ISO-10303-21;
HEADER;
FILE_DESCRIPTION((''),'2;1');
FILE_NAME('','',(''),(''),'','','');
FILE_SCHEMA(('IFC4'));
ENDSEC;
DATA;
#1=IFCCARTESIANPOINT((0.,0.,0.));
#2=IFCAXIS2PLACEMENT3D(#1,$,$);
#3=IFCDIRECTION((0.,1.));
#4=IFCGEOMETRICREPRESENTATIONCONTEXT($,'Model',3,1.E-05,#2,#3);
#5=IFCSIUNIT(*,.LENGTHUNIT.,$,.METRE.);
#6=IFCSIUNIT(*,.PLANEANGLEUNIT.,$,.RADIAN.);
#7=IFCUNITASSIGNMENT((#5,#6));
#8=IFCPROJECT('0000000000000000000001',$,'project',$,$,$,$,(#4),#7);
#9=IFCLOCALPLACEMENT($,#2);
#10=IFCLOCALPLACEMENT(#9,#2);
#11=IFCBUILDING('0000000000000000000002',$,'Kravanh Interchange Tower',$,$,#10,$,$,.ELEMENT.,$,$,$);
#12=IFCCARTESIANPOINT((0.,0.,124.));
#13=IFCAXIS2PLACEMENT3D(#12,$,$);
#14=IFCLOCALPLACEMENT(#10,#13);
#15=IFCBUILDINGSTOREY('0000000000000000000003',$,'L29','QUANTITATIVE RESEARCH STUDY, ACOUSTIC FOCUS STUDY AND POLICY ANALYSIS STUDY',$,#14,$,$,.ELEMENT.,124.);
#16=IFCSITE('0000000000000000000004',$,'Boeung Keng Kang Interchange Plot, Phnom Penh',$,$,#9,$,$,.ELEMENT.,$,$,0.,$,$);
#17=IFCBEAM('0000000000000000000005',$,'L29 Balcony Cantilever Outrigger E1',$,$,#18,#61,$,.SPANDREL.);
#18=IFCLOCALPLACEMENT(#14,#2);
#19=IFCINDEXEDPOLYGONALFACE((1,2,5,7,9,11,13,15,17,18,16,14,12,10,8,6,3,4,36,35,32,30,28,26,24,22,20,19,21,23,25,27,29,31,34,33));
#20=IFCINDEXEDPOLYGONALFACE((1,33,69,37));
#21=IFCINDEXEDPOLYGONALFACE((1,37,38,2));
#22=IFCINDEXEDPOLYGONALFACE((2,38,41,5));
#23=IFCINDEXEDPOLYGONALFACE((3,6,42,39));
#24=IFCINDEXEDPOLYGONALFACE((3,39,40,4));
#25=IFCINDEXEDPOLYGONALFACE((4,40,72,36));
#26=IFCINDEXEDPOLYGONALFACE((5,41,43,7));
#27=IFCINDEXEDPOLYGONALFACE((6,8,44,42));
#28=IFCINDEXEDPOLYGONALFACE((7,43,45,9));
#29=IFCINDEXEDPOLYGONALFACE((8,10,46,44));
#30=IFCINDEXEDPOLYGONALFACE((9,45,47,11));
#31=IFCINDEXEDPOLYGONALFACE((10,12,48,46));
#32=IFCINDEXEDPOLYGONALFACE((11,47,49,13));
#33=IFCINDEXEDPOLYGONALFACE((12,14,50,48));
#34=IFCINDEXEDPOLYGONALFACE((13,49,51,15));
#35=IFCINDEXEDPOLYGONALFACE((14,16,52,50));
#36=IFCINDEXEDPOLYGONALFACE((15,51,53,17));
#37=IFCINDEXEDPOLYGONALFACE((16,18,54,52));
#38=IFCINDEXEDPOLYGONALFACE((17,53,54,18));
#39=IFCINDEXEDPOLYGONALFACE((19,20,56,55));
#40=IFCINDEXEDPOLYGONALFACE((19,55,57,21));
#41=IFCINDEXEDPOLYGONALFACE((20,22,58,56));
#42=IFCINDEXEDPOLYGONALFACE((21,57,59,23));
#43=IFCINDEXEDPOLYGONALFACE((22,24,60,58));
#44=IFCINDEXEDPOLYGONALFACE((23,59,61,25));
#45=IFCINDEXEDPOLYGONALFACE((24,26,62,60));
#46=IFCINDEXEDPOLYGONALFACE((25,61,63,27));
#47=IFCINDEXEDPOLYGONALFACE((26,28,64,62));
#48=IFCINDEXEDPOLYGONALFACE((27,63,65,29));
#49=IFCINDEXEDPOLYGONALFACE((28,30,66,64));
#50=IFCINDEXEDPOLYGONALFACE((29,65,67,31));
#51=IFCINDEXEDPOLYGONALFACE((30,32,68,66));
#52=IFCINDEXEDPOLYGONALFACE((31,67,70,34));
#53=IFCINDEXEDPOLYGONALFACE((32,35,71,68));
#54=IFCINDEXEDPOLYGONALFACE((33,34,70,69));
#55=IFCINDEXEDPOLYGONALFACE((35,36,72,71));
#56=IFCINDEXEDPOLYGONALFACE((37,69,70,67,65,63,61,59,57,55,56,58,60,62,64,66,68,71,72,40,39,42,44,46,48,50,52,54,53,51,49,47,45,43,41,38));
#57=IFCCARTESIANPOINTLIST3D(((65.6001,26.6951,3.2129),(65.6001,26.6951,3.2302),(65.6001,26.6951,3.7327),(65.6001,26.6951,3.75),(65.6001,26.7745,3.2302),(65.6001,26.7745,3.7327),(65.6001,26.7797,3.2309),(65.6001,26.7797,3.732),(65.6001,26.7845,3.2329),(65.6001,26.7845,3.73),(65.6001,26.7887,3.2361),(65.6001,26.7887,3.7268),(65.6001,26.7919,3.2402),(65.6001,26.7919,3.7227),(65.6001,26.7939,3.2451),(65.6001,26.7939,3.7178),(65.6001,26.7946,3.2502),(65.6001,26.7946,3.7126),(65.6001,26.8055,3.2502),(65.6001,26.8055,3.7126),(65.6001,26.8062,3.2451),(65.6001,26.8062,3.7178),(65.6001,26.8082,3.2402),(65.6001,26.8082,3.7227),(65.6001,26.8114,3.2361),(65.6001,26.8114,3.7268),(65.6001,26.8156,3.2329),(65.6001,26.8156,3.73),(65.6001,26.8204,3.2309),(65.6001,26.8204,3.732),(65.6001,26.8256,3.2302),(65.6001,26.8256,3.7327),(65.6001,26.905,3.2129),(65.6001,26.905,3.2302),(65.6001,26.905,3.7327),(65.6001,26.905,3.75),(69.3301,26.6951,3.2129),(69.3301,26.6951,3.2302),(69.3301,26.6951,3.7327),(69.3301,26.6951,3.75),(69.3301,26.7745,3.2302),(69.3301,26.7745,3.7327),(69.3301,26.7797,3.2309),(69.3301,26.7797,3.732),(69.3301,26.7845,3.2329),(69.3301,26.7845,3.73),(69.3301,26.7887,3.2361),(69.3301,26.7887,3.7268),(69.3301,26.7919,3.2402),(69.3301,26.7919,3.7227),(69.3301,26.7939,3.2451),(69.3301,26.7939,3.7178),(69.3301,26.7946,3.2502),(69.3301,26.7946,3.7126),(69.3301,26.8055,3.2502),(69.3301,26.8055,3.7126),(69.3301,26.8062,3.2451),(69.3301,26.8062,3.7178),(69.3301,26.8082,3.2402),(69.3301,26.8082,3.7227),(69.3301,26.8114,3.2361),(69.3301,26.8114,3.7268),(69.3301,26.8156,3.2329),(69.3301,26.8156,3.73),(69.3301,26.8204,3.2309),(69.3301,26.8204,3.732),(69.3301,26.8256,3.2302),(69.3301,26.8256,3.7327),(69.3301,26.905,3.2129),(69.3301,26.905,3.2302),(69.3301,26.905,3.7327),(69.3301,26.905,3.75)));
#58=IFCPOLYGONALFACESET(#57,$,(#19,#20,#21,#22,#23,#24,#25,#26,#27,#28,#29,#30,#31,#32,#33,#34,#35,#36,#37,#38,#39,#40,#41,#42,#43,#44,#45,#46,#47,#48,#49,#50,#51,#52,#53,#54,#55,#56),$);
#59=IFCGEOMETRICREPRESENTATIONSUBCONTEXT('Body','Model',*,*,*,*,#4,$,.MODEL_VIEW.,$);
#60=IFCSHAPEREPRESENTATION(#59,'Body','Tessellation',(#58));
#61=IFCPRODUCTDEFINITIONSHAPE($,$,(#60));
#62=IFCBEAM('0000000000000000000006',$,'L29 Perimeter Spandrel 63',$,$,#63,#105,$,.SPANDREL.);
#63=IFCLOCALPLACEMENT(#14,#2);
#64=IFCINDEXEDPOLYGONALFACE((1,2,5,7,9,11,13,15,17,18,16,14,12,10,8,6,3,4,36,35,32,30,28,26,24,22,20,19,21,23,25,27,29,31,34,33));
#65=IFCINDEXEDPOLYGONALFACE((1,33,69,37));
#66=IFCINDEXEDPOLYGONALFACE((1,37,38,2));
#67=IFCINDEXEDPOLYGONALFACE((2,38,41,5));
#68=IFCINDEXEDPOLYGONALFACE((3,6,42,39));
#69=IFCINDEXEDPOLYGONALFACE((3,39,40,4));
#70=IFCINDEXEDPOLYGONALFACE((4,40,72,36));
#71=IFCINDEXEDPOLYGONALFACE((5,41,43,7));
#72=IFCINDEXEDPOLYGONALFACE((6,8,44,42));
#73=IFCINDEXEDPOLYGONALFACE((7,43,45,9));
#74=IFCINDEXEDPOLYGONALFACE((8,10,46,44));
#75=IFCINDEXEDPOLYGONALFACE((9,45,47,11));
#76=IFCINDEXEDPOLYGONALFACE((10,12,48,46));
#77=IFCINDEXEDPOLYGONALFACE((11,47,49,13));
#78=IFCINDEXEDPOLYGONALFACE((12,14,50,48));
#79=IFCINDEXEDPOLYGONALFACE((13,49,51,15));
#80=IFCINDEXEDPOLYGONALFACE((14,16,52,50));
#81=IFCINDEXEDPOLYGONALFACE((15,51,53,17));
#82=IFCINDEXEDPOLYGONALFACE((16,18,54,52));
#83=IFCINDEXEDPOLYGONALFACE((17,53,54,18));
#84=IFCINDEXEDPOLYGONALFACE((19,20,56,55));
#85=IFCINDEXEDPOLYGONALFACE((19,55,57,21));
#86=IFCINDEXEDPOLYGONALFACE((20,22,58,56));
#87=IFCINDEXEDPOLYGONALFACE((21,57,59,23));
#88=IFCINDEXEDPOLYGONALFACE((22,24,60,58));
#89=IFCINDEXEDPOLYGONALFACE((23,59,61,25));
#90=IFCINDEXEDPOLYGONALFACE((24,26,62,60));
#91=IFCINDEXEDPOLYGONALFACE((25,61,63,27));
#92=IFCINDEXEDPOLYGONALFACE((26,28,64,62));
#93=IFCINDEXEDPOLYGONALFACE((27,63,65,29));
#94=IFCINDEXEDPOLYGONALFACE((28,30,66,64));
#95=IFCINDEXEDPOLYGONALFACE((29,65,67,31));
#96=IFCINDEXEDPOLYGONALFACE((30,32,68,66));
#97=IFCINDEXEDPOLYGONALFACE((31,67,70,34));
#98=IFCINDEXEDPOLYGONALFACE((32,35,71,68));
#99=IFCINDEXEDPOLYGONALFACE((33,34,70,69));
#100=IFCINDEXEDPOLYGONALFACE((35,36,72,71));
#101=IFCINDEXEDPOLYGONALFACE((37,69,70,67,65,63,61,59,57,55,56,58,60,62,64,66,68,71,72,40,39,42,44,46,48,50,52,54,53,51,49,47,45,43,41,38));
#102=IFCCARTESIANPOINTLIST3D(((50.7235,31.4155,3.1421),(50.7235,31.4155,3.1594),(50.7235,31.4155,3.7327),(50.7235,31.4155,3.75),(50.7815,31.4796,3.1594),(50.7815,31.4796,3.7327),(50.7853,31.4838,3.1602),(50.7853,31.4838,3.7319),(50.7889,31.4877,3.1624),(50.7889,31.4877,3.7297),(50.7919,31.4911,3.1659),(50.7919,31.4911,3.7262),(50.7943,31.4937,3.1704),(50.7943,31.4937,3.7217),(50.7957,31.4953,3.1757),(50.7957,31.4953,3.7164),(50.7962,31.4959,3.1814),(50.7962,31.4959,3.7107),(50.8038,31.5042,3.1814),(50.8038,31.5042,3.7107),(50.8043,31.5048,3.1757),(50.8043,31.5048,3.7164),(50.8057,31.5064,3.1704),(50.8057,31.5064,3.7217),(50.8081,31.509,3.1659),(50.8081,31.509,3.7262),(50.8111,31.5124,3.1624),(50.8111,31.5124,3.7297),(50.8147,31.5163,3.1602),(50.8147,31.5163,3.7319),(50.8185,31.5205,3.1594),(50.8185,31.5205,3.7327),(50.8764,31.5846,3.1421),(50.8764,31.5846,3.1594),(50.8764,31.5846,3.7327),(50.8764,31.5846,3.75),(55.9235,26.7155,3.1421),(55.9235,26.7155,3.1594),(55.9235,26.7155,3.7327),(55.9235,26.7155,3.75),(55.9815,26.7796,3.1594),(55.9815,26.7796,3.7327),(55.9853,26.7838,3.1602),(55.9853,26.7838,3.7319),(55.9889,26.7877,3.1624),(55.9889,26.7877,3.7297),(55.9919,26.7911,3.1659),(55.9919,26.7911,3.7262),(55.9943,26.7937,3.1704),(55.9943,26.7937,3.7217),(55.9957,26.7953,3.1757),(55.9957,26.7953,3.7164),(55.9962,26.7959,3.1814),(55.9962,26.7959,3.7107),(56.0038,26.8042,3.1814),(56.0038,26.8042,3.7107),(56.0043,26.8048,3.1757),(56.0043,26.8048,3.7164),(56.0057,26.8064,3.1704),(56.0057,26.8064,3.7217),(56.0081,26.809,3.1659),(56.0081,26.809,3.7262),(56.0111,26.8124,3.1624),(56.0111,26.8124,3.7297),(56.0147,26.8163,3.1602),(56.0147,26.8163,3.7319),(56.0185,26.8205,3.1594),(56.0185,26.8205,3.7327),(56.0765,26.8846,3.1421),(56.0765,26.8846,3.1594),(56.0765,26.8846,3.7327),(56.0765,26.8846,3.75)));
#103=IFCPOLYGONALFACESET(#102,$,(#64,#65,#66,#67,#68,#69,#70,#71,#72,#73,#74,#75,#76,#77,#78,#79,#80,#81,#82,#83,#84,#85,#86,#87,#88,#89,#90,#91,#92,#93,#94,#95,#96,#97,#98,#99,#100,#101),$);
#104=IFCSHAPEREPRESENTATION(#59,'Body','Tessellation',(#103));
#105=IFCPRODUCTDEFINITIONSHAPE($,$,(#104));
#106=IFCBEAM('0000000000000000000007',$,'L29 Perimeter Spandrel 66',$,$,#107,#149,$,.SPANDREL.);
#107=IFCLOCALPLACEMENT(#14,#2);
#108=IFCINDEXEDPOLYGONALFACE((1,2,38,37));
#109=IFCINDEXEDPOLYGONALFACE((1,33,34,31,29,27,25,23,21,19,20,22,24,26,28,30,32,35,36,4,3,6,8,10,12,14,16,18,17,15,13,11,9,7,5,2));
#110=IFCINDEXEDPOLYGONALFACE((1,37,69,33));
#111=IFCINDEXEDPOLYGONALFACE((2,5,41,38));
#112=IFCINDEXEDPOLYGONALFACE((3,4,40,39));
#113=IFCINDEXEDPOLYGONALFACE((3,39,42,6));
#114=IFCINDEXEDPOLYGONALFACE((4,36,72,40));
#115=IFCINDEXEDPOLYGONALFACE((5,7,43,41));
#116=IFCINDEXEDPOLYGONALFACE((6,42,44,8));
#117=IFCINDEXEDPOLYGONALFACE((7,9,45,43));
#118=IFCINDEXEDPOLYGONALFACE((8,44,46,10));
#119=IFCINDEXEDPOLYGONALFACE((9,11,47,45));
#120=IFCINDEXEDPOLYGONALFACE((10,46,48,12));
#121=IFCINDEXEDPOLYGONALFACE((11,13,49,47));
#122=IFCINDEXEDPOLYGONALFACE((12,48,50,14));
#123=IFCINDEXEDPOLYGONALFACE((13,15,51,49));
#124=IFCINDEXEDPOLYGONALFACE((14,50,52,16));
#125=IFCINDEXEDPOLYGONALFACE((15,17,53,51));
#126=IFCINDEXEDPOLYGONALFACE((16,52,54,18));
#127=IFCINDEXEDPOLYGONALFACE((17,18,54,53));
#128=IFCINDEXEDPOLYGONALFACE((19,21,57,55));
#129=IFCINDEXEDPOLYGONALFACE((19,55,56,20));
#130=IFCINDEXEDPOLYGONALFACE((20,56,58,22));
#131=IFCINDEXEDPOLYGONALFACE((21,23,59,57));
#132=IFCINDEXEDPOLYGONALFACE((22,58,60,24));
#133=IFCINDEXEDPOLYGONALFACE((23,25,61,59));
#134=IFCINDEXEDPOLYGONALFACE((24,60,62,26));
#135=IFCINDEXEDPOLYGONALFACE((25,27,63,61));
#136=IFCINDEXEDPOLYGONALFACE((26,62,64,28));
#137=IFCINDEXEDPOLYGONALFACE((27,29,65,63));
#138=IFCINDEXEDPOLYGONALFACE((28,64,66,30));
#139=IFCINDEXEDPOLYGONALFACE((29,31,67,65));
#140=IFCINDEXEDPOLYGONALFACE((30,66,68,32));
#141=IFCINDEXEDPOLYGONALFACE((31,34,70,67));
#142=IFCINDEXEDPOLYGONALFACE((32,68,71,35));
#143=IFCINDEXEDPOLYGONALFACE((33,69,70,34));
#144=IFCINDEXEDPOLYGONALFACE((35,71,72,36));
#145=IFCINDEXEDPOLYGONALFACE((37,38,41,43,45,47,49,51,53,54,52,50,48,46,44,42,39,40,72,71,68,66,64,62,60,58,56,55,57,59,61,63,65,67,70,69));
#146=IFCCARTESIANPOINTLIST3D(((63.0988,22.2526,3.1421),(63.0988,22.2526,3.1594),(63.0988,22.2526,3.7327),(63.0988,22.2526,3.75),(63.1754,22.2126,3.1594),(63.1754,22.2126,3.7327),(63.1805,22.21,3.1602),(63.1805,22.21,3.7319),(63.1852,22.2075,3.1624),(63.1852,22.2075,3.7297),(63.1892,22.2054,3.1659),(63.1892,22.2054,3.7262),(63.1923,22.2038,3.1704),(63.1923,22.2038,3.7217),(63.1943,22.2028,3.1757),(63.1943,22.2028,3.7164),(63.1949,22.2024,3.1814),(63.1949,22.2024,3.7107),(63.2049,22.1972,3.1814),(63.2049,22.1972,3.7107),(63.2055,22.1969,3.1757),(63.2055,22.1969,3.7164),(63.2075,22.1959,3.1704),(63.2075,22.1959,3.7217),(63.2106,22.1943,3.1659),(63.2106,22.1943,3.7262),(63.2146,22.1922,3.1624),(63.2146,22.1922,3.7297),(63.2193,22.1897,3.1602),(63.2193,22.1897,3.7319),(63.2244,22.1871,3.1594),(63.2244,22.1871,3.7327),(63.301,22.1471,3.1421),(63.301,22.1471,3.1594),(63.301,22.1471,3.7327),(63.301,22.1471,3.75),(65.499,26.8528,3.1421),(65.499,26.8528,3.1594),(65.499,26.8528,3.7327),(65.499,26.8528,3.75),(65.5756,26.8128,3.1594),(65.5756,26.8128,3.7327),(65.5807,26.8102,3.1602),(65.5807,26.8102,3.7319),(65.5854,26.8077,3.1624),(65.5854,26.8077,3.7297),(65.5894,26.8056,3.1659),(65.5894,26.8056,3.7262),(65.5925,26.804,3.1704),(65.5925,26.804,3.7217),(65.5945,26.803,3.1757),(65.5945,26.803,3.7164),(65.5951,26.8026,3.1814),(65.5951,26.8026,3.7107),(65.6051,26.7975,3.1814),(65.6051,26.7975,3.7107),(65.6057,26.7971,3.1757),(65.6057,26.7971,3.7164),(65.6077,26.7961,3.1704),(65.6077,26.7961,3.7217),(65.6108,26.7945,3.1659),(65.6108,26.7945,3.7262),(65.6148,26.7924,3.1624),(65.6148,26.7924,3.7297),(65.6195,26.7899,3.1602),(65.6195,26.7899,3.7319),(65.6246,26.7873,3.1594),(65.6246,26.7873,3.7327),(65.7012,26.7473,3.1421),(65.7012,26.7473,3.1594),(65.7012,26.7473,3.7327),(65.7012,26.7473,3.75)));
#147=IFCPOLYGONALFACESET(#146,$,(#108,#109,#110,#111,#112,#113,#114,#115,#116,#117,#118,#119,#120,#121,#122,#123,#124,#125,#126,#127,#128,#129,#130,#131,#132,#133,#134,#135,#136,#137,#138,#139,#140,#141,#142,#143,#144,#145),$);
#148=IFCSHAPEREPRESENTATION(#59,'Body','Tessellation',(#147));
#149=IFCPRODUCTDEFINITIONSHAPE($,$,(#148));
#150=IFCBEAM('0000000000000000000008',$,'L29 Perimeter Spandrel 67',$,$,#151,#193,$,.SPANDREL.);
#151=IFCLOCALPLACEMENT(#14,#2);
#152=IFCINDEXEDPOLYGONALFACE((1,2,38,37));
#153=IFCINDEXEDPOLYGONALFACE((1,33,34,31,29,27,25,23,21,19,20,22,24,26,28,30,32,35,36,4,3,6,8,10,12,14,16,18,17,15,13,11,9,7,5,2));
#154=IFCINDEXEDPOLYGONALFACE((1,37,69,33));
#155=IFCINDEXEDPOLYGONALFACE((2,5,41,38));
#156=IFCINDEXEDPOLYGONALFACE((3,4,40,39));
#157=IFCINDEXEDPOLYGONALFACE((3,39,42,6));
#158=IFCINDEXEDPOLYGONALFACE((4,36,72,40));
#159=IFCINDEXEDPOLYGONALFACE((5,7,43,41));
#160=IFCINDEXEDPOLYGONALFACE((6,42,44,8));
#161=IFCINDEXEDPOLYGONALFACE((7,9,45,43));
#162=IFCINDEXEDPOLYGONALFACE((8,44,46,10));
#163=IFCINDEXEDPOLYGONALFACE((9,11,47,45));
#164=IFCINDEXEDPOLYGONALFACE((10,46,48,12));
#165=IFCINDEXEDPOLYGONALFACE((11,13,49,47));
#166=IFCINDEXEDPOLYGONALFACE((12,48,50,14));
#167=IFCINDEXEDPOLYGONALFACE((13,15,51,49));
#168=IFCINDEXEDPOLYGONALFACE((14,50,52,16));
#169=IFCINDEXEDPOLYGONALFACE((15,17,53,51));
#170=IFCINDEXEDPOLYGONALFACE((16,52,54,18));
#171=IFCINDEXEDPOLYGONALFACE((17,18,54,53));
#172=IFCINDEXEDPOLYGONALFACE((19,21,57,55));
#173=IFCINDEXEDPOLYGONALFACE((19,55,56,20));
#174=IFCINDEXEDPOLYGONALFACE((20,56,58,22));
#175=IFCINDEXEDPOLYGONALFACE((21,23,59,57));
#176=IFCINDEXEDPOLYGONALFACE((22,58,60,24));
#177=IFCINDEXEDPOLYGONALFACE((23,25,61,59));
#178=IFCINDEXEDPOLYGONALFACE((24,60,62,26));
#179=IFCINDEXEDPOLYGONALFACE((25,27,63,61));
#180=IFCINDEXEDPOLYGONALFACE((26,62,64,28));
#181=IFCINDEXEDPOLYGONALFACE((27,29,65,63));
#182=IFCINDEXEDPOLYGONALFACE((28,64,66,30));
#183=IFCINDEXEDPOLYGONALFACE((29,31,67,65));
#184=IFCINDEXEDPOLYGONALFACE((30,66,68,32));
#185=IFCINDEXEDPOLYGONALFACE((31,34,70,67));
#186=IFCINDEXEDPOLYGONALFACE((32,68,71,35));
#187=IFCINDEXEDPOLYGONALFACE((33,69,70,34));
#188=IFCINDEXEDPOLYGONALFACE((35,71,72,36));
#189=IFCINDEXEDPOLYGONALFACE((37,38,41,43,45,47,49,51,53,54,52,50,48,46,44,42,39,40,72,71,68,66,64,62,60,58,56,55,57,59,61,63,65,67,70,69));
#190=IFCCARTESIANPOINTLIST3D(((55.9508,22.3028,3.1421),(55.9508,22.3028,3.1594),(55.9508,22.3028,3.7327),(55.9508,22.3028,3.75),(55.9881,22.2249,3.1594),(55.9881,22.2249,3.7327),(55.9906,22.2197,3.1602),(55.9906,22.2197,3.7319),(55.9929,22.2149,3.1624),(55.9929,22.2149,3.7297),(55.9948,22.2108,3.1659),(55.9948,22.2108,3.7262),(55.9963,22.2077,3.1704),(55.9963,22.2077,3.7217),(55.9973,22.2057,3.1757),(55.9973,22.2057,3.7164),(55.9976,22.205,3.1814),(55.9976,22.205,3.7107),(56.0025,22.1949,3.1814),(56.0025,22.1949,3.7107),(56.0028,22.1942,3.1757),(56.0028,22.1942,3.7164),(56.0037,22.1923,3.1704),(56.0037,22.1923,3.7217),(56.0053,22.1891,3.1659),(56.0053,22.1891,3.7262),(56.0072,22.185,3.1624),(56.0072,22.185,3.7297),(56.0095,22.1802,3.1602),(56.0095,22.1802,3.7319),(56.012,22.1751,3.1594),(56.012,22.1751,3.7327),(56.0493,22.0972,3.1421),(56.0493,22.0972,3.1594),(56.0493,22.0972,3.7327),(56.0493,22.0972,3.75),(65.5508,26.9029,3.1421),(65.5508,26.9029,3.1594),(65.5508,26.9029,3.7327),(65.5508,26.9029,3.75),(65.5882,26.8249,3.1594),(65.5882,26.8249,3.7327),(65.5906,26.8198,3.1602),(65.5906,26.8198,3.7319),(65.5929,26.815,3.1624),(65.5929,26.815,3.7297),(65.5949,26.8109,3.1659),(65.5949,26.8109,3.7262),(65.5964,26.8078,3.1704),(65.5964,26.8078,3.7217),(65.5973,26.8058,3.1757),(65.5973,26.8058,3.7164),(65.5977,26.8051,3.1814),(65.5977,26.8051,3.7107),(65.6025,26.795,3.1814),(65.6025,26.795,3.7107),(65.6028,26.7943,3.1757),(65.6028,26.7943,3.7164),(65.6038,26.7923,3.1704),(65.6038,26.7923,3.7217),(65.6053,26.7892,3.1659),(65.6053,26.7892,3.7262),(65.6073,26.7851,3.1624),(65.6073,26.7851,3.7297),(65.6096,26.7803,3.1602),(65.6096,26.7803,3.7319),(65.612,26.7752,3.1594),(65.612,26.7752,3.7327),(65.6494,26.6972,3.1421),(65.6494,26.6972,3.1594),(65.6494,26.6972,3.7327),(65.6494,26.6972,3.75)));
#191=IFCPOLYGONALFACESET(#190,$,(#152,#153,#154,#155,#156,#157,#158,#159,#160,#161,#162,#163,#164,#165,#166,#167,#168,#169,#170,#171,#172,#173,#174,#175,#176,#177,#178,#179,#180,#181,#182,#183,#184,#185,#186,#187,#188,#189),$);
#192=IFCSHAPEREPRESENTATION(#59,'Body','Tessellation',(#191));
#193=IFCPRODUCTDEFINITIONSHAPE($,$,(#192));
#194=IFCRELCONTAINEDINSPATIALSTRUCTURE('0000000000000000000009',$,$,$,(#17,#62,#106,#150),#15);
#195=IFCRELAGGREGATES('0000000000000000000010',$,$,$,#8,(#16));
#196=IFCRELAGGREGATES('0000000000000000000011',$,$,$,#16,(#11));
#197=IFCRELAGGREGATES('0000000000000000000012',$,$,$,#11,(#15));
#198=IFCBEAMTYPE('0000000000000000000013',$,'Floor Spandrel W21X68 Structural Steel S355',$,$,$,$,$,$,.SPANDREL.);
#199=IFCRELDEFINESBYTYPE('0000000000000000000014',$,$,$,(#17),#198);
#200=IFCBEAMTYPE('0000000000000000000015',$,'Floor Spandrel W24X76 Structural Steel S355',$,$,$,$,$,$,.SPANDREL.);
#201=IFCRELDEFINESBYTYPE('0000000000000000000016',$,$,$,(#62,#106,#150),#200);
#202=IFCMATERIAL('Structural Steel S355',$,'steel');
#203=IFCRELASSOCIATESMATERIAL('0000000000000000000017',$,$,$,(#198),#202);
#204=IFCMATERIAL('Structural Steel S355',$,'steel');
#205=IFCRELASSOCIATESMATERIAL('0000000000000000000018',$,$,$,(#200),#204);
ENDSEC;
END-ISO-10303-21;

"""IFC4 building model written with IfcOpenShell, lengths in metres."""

from ifc_helpers import new_model, si_unit, direction, frame, origin, origin_2d, place, context, subcontext, project, spatial, i_section, extrude, material, material_profile, profile_set, type_object, element, save


model = new_model("IFC4")

# Units and contexts
model_context = context("Model", 3, precision=1e-05, world=origin(), true_north=direction((0.0, 1.0)))
body_context = subcontext(model_context, "Body", "Model", "MODEL_VIEW")
ifc_project = project(units=[si_unit("LENGTHUNIT", "METRE"), si_unit("PLANEANGLEUNIT", "RADIAN")], contexts=[model_context])

# Site, building, storey
site_placement = place(None, origin())
site = spatial("IfcSite", under=ifc_project, at=site_placement, Name="Boeung Keng Kang Interchange Plot, Phnom Penh", CompositionType="ELEMENT", RefElevation=0.0)
building_placement = place(site_placement, origin())
building = spatial("IfcBuilding", under=site, at=building_placement, Name="Kravanh Interchange Tower", CompositionType="ELEMENT")
storey_placement = place(building_placement, frame((0.0, 0.0, 124.0)))
storey = spatial("IfcBuildingStorey", under=building, at=storey_placement, Name="L29", Description="QUANTITATIVE RESEARCH STUDY, ACOUSTIC FOCUS STUDY AND POLICY ANALYSIS STUDY", CompositionType="ELEMENT", Elevation=124.0)

# Beams
ifc_material_1 = material(Name="Structural Steel S355", Category="steel")
ifc_material_profile_1 = material_profile(ifc_material_1, i_section(OverallWidth=0.21, OverallDepth=0.5371, WebThickness=0.011, FlangeThickness=0.0173, FilletRadius=0.02, at=origin_2d()), Name="W21X68")
ifc_profile_set_1 = profile_set([ifc_material_profile_1], Name="Structural Steel S355")
beam_type_1 = type_object("IfcBeamType", Name="Floor Spandrel W21X68 Structural Steel S355", PredefinedType="SPANDREL", material=ifc_profile_set_1)
beam_1_placement = place(storey_placement, frame((65.6001, 26.8, 3.4814), z_axis=(1.0, 0.0, 0.0), x_axis=(0.0, 1.0, 0.0)))
element("IfcBeam", 1, at=beam_1_placement, inside=storey, type_object=beam_type_1, Name="L29 Balcony Cantilever Outrigger E1", PredefinedType="SPANDREL", context=body_context, shape_type="SweptSolid", body=[
    extrude(i_section(OverallWidth=0.21, OverallDepth=0.5371, WebThickness=0.011, FlangeThickness=0.0173, FilletRadius=0.02, at=origin_2d()), origin(), (0.0, 0.0, 1.0), 3.73),
])
ifc_material_2 = material(Name="Structural Steel S355", Category="steel")
ifc_material_profile_2 = material_profile(ifc_material_2, i_section(OverallWidth=0.228, OverallDepth=0.6079, WebThickness=0.0112, FlangeThickness=0.0173, FilletRadius=0.022, at=origin_2d()), Name="W24X76")
ifc_profile_set_2 = profile_set([ifc_material_profile_2], Name="Structural Steel S355")
beam_type_2 = type_object("IfcBeamType", Name="Floor Spandrel W24X76 Structural Steel S355", PredefinedType="SPANDREL", material=ifc_profile_set_2)
beam_2_placement = place(storey_placement, frame((56.0, 26.8, 3.446), z_axis=(-0.741874, 0.670539, 0.0), x_axis=(-0.670539, -0.741874, 0.0)))
element("IfcBeam", 2, at=beam_2_placement, inside=storey, type_object=beam_type_2, Name="L29 Perimeter Spandrel 63", PredefinedType="SPANDREL", context=body_context, shape_type="SweptSolid", body=[
    extrude(i_section(OverallWidth=0.228, OverallDepth=0.6079, WebThickness=0.0112, FlangeThickness=0.0173, FilletRadius=0.022, at=origin_2d()), origin(), (0.0, 0.0, 1.0), 7.0093),
])
beam_3_placement = place(storey_placement, frame((65.6001, 26.8, 3.446), z_axis=(-0.46258, -0.886577, 0.0), x_axis=(0.886577, -0.46258, 0.0)))
element("IfcBeam", 3, at=beam_3_placement, inside=storey, type_object=beam_type_2, Name="L29 Perimeter Spandrel 66", PredefinedType="SPANDREL", context=body_context, shape_type="SweptSolid", body=[
    extrude(i_section(OverallWidth=0.228, OverallDepth=0.6079, WebThickness=0.0112, FlangeThickness=0.0173, FilletRadius=0.022, at=origin_2d()), origin(), (0.0, 0.0, 1.0), 5.1887),
])
beam_4_placement = place(storey_placement, frame((65.6001, 26.8, 3.446), z_axis=(-0.901814, -0.432124, 0.0), x_axis=(0.432124, -0.901814, 0.0)))
element("IfcBeam", 4, at=beam_4_placement, inside=storey, type_object=beam_type_2, Name="L29 Perimeter Spandrel 67", PredefinedType="SPANDREL", context=body_context, shape_type="SweptSolid", body=[
    extrude(i_section(OverallWidth=0.228, OverallDepth=0.6079, WebThickness=0.0112, FlangeThickness=0.0173, FilletRadius=0.022, at=origin_2d()), origin(), (0.0, 0.0, 1.0), 10.6453),
])

save(model, "model.ifc")
